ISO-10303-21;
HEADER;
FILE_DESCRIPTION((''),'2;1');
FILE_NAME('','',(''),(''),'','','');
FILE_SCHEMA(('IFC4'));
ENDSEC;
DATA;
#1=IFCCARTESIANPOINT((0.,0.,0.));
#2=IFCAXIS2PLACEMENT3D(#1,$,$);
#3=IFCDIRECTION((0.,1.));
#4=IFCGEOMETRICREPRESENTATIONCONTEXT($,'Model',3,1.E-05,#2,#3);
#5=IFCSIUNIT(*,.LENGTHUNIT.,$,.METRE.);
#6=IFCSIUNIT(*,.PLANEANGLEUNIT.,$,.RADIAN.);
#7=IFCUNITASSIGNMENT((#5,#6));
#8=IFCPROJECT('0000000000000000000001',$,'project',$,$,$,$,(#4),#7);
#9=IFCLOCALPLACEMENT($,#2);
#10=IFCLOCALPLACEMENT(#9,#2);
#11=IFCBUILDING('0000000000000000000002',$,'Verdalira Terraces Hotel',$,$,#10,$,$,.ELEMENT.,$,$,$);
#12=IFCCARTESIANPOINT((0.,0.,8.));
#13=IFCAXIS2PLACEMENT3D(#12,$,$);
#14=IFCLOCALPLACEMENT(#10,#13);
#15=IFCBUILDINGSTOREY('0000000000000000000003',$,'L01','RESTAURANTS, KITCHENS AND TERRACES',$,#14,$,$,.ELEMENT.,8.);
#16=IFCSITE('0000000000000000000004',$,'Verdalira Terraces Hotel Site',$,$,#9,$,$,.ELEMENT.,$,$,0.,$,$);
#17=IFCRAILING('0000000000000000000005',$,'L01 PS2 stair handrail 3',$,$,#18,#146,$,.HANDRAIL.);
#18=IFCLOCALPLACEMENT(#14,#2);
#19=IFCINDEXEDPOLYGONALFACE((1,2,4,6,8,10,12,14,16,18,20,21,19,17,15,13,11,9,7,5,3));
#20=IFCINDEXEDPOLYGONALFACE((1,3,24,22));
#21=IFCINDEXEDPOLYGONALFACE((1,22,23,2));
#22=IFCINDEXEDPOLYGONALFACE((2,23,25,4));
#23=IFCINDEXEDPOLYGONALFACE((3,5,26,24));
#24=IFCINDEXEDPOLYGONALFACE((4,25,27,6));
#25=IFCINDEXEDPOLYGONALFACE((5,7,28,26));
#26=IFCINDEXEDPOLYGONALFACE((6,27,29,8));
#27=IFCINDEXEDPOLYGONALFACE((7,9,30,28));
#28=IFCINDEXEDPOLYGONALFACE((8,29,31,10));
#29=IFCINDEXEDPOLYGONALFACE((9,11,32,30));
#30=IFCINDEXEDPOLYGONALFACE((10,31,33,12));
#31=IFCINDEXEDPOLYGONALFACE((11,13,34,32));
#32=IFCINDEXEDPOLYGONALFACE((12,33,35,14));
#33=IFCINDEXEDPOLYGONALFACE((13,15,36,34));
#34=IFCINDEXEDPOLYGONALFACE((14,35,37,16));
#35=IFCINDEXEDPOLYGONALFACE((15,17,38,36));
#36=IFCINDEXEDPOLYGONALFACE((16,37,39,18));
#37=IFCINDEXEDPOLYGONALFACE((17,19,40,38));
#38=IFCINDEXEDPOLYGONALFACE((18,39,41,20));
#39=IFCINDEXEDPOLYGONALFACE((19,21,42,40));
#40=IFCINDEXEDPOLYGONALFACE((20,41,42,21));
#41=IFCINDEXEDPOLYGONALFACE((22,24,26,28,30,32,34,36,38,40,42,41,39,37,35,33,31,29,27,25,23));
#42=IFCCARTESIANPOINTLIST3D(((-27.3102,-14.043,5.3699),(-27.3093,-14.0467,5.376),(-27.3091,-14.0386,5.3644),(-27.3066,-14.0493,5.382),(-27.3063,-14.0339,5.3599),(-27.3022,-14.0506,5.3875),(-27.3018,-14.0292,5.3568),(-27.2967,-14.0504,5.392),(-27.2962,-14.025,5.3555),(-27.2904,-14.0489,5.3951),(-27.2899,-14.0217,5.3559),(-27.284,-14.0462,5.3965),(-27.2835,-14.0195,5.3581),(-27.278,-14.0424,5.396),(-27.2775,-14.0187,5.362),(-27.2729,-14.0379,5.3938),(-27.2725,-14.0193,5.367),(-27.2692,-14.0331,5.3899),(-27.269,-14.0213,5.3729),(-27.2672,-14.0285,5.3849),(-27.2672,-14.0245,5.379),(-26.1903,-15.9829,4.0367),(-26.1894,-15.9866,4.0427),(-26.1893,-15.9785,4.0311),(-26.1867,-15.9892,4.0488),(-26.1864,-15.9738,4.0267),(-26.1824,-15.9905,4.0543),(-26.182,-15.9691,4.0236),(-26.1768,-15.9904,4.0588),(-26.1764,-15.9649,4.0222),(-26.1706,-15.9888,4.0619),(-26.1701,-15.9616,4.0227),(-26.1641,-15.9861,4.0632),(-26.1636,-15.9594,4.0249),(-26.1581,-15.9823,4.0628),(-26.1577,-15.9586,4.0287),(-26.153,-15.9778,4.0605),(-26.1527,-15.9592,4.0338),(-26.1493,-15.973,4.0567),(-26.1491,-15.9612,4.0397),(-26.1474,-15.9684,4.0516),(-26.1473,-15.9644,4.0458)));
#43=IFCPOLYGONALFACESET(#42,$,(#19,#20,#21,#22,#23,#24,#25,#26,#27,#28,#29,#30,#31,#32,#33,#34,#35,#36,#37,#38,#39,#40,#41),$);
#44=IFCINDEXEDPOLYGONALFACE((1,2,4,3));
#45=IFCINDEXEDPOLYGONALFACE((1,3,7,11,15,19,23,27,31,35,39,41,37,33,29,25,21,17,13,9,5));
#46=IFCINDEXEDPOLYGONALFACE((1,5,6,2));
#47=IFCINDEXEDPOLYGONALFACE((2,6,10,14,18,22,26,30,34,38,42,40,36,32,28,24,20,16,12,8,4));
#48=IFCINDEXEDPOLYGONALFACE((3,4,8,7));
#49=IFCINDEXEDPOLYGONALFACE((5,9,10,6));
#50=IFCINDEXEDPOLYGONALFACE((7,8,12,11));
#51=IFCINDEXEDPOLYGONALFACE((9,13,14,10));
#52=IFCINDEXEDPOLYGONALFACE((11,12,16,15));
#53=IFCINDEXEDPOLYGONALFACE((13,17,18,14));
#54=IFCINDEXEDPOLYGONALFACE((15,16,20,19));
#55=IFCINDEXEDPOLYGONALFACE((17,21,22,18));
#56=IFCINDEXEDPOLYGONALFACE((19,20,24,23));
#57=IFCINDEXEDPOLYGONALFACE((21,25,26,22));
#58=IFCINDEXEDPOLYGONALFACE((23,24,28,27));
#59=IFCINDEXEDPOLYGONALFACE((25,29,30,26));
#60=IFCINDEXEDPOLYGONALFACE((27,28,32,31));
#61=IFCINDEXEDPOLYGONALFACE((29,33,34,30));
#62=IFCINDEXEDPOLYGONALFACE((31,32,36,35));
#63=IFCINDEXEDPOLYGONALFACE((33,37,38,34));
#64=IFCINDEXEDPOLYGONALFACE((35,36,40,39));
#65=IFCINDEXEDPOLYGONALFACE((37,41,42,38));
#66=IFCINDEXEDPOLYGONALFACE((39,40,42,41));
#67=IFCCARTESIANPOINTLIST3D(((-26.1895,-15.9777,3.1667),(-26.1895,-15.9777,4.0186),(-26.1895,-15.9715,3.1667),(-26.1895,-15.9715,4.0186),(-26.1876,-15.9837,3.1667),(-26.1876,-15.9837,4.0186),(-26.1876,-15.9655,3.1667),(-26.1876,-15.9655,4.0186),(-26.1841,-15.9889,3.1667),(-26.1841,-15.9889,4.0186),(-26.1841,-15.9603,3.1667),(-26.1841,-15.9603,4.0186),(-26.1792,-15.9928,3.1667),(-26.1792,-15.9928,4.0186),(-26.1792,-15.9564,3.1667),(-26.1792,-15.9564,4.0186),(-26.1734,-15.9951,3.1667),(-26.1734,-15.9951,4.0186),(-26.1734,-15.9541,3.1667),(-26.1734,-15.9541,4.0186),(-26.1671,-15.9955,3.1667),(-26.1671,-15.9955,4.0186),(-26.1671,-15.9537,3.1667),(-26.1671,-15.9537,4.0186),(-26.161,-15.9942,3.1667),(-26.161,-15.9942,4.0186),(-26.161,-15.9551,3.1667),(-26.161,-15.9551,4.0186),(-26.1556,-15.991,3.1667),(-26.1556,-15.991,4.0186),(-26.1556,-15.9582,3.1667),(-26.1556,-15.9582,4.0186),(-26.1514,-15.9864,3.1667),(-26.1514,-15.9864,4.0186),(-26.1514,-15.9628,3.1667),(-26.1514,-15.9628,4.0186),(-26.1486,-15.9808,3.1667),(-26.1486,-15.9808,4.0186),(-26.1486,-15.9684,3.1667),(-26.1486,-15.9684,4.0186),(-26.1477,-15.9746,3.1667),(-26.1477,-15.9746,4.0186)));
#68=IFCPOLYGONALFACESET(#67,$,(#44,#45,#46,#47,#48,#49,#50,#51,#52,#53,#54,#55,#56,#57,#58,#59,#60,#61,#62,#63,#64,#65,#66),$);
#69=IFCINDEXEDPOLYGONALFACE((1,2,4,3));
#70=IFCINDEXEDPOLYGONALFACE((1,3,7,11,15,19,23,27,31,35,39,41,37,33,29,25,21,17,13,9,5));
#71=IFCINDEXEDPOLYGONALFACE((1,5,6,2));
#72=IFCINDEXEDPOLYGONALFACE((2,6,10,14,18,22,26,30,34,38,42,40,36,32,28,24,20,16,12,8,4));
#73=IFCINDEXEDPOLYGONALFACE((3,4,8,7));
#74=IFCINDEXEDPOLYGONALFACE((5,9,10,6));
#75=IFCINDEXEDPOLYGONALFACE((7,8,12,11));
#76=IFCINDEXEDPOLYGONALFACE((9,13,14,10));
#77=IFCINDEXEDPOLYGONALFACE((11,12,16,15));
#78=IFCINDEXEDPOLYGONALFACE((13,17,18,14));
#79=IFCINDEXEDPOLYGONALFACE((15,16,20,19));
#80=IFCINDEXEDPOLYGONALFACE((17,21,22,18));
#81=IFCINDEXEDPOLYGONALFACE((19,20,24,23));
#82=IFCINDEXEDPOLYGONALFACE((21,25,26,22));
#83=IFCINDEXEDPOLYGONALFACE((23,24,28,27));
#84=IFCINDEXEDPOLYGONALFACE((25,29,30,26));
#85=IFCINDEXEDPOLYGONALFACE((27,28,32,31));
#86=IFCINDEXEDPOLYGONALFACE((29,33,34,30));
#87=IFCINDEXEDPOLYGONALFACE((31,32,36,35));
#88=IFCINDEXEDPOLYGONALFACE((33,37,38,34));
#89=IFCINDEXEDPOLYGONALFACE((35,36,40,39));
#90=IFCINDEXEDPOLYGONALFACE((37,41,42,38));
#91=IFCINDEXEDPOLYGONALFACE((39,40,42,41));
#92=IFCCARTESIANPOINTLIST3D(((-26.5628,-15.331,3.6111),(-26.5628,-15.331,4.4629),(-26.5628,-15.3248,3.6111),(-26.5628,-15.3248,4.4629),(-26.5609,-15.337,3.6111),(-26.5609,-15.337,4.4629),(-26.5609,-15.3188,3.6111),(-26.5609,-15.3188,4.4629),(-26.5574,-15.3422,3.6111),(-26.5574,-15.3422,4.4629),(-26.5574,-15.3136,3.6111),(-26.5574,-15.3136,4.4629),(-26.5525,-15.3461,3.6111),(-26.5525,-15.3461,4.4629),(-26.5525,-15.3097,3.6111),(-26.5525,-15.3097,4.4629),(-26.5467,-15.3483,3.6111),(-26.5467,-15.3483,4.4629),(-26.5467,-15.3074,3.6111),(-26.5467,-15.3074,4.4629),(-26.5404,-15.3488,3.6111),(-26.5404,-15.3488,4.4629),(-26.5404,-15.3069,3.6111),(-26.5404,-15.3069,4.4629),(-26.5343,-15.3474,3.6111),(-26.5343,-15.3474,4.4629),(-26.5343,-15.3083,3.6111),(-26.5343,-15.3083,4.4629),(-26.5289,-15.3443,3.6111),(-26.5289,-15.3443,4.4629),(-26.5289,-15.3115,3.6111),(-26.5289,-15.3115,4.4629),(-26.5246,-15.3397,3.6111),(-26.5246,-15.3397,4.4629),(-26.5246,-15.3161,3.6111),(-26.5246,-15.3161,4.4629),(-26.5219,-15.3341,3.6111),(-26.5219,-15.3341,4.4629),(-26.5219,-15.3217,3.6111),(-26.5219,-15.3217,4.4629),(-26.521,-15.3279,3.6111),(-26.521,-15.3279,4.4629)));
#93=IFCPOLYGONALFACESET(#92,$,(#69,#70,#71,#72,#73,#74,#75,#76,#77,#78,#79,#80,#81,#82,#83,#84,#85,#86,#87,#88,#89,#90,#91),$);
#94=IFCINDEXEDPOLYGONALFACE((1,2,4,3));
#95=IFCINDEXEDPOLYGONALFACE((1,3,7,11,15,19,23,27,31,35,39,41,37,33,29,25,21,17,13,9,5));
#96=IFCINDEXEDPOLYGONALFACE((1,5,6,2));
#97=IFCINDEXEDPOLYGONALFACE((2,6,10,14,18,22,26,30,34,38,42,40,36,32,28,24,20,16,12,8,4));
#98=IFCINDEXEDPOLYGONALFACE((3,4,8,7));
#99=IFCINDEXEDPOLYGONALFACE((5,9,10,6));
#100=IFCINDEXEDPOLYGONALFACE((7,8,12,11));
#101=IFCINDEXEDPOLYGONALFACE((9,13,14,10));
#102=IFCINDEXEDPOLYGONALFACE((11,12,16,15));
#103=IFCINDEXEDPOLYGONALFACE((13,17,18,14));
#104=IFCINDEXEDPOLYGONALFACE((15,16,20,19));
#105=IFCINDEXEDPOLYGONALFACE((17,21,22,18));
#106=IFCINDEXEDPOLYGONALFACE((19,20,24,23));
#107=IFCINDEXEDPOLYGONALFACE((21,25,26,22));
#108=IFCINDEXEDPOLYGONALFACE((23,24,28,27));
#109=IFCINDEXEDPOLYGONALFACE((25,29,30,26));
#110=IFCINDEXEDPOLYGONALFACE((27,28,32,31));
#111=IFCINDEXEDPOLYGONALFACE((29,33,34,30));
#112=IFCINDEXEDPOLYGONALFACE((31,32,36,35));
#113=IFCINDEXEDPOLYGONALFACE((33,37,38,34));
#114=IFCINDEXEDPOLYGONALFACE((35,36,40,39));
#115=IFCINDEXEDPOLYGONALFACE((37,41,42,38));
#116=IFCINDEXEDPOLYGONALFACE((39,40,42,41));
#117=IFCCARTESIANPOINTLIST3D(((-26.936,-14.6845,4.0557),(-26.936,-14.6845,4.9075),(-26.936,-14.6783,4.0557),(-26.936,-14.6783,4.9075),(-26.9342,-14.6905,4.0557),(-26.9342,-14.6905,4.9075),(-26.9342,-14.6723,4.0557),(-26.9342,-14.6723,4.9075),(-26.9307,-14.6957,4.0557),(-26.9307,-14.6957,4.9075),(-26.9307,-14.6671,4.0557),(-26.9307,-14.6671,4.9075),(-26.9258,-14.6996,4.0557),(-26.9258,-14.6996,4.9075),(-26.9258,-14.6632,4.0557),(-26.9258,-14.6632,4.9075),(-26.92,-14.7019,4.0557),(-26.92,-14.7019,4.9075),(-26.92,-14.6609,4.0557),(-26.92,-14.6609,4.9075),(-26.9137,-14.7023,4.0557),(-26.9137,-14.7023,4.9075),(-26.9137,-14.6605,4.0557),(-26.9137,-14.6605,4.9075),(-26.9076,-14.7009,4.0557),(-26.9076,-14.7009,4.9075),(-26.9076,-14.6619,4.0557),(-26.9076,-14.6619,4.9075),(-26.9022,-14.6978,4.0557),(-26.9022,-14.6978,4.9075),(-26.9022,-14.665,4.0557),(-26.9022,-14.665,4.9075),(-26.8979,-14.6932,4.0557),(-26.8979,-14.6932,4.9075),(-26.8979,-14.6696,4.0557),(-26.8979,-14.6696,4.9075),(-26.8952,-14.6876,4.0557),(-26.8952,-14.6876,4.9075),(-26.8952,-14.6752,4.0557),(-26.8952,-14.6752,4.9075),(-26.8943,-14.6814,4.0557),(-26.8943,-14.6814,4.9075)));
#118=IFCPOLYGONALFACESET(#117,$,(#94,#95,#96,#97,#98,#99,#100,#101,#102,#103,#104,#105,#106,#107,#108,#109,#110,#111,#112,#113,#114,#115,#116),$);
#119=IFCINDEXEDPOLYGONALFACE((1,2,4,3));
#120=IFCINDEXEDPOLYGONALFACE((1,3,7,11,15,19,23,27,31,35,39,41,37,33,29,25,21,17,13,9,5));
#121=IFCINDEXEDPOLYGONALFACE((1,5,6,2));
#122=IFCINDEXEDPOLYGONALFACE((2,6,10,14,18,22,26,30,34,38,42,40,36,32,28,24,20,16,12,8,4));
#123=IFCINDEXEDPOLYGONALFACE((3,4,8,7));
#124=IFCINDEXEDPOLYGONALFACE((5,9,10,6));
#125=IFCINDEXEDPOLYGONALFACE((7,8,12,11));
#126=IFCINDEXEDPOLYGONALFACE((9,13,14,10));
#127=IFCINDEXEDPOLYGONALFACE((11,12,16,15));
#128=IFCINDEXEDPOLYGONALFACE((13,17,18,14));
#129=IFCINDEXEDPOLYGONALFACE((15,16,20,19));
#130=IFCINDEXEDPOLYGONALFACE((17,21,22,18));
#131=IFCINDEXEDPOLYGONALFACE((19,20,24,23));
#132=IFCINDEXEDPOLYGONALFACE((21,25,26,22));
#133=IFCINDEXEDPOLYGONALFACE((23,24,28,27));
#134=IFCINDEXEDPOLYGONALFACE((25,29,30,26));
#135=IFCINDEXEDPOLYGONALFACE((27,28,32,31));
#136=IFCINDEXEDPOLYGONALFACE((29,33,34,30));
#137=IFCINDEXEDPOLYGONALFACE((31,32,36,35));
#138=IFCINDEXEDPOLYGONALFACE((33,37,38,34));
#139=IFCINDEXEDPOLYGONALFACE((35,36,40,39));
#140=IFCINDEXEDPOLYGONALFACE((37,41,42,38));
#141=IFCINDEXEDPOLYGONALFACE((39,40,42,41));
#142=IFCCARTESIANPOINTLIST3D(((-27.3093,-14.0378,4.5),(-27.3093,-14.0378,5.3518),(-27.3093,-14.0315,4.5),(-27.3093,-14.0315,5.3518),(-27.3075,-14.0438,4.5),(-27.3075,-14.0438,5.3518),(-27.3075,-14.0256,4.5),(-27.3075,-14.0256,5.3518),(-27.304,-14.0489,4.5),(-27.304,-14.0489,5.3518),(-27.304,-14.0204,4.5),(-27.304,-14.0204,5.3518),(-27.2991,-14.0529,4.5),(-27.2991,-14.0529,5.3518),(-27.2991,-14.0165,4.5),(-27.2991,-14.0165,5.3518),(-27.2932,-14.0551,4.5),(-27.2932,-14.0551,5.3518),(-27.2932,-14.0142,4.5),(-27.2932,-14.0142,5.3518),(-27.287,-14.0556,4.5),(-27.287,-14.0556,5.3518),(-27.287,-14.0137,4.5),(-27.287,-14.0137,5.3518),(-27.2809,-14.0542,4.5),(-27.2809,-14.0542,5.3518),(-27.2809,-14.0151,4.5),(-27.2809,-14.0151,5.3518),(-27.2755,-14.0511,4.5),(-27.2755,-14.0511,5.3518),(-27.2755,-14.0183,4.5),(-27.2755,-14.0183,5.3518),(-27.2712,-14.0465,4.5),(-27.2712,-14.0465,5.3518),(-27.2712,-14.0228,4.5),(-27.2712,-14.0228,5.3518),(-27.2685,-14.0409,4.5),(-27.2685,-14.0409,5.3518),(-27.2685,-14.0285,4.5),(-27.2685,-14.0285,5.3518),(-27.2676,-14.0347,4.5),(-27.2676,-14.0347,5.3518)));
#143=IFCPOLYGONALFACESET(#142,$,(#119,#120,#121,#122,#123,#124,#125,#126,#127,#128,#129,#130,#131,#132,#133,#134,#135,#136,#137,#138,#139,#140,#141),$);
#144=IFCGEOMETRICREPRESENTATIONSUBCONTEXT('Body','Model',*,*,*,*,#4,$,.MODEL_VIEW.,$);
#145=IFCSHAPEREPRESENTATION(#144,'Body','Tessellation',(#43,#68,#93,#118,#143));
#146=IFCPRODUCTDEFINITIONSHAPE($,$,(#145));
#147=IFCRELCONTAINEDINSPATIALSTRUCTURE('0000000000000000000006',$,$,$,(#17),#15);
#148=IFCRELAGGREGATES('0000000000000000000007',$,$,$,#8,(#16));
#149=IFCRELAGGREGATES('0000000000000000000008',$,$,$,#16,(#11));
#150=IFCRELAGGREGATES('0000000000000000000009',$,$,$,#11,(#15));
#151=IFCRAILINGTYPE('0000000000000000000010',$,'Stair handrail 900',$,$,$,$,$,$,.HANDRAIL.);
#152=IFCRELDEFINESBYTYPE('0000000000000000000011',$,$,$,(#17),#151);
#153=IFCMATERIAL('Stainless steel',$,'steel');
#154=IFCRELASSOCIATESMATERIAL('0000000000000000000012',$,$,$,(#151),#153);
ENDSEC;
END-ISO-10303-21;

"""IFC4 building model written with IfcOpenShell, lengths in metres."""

from ifc_helpers import new_model, si_unit, direction, frame, origin, origin_2d, place, context, subcontext, project, spatial, circle, extrude, material, type_object, element, save


model = new_model("IFC4")

# Units and contexts
model_context = context("Model", 3, precision=1e-05, world=origin(), true_north=direction((0.0, 1.0)))
body_context = subcontext(model_context, "Body", "Model", "MODEL_VIEW")
ifc_project = project(units=[si_unit("LENGTHUNIT", "METRE"), si_unit("PLANEANGLEUNIT", "RADIAN")], contexts=[model_context])

# Site, building, storey
site_placement = place(None, origin())
site = spatial("IfcSite", under=ifc_project, at=site_placement, Name="Verdalira Terraces Hotel Site", CompositionType="ELEMENT", RefElevation=0.0)
building_placement = place(site_placement, origin())
building = spatial("IfcBuilding", under=site, at=building_placement, Name="Verdalira Terraces Hotel", CompositionType="ELEMENT")
storey_placement = place(building_placement, frame((0.0, 0.0, 8.0)))
storey = spatial("IfcBuildingStorey", under=building, at=storey_placement, Name="L01", Description="RESTAURANTS, KITCHENS AND TERRACES", CompositionType="ELEMENT", Elevation=8.0)

# Railing
ifc_material_1 = material(Name="Stainless steel", Category="steel")
railing_type_1 = type_object("IfcRailingType", Name="Stair handrail 900", PredefinedType="HANDRAIL", material=ifc_material_1)
for number, where, name in (
    (1, (-26.1687, -15.9746, 3.1667), "L01 PS2 stair handrail 3"),
):
    element("IfcRailing", number, at=place(storey_placement, frame(where)), inside=storey, type_object=railing_type_1, Name=name, PredefinedType="HANDRAIL", context=body_context, shape_type="SweptSolid", body=[
        extrude(circle(Radius=0.0239, at=origin_2d()), frame((0.0, 0.0, 0.876), z_axis=(-0.429608, 0.744205, 0.511465), x_axis=(-0.866055, -0.499949, 0.0)), (0.0, 0.0, 1.0), 2.6067),
        extrude(circle(Radius=0.021, at=origin_2d()), origin(), (0.0, 0.0, 1.0), 0.8518),
        extrude(circle(Radius=0.021, at=origin_2d()), frame((-0.3733, 0.6467, 0.4443)), (0.0, 0.0, 1.0), 0.8518),
        extrude(circle(Radius=0.021, at=origin_2d()), frame((-0.7466, 1.2932, 0.8889)), (0.0, 0.0, 1.0), 0.8518),
        extrude(circle(Radius=0.021, at=origin_2d()), frame((-1.1199, 1.9399, 1.3333)), (0.0, 0.0, 1.0), 0.8518),
    ])

save(model, "model.ifc")
